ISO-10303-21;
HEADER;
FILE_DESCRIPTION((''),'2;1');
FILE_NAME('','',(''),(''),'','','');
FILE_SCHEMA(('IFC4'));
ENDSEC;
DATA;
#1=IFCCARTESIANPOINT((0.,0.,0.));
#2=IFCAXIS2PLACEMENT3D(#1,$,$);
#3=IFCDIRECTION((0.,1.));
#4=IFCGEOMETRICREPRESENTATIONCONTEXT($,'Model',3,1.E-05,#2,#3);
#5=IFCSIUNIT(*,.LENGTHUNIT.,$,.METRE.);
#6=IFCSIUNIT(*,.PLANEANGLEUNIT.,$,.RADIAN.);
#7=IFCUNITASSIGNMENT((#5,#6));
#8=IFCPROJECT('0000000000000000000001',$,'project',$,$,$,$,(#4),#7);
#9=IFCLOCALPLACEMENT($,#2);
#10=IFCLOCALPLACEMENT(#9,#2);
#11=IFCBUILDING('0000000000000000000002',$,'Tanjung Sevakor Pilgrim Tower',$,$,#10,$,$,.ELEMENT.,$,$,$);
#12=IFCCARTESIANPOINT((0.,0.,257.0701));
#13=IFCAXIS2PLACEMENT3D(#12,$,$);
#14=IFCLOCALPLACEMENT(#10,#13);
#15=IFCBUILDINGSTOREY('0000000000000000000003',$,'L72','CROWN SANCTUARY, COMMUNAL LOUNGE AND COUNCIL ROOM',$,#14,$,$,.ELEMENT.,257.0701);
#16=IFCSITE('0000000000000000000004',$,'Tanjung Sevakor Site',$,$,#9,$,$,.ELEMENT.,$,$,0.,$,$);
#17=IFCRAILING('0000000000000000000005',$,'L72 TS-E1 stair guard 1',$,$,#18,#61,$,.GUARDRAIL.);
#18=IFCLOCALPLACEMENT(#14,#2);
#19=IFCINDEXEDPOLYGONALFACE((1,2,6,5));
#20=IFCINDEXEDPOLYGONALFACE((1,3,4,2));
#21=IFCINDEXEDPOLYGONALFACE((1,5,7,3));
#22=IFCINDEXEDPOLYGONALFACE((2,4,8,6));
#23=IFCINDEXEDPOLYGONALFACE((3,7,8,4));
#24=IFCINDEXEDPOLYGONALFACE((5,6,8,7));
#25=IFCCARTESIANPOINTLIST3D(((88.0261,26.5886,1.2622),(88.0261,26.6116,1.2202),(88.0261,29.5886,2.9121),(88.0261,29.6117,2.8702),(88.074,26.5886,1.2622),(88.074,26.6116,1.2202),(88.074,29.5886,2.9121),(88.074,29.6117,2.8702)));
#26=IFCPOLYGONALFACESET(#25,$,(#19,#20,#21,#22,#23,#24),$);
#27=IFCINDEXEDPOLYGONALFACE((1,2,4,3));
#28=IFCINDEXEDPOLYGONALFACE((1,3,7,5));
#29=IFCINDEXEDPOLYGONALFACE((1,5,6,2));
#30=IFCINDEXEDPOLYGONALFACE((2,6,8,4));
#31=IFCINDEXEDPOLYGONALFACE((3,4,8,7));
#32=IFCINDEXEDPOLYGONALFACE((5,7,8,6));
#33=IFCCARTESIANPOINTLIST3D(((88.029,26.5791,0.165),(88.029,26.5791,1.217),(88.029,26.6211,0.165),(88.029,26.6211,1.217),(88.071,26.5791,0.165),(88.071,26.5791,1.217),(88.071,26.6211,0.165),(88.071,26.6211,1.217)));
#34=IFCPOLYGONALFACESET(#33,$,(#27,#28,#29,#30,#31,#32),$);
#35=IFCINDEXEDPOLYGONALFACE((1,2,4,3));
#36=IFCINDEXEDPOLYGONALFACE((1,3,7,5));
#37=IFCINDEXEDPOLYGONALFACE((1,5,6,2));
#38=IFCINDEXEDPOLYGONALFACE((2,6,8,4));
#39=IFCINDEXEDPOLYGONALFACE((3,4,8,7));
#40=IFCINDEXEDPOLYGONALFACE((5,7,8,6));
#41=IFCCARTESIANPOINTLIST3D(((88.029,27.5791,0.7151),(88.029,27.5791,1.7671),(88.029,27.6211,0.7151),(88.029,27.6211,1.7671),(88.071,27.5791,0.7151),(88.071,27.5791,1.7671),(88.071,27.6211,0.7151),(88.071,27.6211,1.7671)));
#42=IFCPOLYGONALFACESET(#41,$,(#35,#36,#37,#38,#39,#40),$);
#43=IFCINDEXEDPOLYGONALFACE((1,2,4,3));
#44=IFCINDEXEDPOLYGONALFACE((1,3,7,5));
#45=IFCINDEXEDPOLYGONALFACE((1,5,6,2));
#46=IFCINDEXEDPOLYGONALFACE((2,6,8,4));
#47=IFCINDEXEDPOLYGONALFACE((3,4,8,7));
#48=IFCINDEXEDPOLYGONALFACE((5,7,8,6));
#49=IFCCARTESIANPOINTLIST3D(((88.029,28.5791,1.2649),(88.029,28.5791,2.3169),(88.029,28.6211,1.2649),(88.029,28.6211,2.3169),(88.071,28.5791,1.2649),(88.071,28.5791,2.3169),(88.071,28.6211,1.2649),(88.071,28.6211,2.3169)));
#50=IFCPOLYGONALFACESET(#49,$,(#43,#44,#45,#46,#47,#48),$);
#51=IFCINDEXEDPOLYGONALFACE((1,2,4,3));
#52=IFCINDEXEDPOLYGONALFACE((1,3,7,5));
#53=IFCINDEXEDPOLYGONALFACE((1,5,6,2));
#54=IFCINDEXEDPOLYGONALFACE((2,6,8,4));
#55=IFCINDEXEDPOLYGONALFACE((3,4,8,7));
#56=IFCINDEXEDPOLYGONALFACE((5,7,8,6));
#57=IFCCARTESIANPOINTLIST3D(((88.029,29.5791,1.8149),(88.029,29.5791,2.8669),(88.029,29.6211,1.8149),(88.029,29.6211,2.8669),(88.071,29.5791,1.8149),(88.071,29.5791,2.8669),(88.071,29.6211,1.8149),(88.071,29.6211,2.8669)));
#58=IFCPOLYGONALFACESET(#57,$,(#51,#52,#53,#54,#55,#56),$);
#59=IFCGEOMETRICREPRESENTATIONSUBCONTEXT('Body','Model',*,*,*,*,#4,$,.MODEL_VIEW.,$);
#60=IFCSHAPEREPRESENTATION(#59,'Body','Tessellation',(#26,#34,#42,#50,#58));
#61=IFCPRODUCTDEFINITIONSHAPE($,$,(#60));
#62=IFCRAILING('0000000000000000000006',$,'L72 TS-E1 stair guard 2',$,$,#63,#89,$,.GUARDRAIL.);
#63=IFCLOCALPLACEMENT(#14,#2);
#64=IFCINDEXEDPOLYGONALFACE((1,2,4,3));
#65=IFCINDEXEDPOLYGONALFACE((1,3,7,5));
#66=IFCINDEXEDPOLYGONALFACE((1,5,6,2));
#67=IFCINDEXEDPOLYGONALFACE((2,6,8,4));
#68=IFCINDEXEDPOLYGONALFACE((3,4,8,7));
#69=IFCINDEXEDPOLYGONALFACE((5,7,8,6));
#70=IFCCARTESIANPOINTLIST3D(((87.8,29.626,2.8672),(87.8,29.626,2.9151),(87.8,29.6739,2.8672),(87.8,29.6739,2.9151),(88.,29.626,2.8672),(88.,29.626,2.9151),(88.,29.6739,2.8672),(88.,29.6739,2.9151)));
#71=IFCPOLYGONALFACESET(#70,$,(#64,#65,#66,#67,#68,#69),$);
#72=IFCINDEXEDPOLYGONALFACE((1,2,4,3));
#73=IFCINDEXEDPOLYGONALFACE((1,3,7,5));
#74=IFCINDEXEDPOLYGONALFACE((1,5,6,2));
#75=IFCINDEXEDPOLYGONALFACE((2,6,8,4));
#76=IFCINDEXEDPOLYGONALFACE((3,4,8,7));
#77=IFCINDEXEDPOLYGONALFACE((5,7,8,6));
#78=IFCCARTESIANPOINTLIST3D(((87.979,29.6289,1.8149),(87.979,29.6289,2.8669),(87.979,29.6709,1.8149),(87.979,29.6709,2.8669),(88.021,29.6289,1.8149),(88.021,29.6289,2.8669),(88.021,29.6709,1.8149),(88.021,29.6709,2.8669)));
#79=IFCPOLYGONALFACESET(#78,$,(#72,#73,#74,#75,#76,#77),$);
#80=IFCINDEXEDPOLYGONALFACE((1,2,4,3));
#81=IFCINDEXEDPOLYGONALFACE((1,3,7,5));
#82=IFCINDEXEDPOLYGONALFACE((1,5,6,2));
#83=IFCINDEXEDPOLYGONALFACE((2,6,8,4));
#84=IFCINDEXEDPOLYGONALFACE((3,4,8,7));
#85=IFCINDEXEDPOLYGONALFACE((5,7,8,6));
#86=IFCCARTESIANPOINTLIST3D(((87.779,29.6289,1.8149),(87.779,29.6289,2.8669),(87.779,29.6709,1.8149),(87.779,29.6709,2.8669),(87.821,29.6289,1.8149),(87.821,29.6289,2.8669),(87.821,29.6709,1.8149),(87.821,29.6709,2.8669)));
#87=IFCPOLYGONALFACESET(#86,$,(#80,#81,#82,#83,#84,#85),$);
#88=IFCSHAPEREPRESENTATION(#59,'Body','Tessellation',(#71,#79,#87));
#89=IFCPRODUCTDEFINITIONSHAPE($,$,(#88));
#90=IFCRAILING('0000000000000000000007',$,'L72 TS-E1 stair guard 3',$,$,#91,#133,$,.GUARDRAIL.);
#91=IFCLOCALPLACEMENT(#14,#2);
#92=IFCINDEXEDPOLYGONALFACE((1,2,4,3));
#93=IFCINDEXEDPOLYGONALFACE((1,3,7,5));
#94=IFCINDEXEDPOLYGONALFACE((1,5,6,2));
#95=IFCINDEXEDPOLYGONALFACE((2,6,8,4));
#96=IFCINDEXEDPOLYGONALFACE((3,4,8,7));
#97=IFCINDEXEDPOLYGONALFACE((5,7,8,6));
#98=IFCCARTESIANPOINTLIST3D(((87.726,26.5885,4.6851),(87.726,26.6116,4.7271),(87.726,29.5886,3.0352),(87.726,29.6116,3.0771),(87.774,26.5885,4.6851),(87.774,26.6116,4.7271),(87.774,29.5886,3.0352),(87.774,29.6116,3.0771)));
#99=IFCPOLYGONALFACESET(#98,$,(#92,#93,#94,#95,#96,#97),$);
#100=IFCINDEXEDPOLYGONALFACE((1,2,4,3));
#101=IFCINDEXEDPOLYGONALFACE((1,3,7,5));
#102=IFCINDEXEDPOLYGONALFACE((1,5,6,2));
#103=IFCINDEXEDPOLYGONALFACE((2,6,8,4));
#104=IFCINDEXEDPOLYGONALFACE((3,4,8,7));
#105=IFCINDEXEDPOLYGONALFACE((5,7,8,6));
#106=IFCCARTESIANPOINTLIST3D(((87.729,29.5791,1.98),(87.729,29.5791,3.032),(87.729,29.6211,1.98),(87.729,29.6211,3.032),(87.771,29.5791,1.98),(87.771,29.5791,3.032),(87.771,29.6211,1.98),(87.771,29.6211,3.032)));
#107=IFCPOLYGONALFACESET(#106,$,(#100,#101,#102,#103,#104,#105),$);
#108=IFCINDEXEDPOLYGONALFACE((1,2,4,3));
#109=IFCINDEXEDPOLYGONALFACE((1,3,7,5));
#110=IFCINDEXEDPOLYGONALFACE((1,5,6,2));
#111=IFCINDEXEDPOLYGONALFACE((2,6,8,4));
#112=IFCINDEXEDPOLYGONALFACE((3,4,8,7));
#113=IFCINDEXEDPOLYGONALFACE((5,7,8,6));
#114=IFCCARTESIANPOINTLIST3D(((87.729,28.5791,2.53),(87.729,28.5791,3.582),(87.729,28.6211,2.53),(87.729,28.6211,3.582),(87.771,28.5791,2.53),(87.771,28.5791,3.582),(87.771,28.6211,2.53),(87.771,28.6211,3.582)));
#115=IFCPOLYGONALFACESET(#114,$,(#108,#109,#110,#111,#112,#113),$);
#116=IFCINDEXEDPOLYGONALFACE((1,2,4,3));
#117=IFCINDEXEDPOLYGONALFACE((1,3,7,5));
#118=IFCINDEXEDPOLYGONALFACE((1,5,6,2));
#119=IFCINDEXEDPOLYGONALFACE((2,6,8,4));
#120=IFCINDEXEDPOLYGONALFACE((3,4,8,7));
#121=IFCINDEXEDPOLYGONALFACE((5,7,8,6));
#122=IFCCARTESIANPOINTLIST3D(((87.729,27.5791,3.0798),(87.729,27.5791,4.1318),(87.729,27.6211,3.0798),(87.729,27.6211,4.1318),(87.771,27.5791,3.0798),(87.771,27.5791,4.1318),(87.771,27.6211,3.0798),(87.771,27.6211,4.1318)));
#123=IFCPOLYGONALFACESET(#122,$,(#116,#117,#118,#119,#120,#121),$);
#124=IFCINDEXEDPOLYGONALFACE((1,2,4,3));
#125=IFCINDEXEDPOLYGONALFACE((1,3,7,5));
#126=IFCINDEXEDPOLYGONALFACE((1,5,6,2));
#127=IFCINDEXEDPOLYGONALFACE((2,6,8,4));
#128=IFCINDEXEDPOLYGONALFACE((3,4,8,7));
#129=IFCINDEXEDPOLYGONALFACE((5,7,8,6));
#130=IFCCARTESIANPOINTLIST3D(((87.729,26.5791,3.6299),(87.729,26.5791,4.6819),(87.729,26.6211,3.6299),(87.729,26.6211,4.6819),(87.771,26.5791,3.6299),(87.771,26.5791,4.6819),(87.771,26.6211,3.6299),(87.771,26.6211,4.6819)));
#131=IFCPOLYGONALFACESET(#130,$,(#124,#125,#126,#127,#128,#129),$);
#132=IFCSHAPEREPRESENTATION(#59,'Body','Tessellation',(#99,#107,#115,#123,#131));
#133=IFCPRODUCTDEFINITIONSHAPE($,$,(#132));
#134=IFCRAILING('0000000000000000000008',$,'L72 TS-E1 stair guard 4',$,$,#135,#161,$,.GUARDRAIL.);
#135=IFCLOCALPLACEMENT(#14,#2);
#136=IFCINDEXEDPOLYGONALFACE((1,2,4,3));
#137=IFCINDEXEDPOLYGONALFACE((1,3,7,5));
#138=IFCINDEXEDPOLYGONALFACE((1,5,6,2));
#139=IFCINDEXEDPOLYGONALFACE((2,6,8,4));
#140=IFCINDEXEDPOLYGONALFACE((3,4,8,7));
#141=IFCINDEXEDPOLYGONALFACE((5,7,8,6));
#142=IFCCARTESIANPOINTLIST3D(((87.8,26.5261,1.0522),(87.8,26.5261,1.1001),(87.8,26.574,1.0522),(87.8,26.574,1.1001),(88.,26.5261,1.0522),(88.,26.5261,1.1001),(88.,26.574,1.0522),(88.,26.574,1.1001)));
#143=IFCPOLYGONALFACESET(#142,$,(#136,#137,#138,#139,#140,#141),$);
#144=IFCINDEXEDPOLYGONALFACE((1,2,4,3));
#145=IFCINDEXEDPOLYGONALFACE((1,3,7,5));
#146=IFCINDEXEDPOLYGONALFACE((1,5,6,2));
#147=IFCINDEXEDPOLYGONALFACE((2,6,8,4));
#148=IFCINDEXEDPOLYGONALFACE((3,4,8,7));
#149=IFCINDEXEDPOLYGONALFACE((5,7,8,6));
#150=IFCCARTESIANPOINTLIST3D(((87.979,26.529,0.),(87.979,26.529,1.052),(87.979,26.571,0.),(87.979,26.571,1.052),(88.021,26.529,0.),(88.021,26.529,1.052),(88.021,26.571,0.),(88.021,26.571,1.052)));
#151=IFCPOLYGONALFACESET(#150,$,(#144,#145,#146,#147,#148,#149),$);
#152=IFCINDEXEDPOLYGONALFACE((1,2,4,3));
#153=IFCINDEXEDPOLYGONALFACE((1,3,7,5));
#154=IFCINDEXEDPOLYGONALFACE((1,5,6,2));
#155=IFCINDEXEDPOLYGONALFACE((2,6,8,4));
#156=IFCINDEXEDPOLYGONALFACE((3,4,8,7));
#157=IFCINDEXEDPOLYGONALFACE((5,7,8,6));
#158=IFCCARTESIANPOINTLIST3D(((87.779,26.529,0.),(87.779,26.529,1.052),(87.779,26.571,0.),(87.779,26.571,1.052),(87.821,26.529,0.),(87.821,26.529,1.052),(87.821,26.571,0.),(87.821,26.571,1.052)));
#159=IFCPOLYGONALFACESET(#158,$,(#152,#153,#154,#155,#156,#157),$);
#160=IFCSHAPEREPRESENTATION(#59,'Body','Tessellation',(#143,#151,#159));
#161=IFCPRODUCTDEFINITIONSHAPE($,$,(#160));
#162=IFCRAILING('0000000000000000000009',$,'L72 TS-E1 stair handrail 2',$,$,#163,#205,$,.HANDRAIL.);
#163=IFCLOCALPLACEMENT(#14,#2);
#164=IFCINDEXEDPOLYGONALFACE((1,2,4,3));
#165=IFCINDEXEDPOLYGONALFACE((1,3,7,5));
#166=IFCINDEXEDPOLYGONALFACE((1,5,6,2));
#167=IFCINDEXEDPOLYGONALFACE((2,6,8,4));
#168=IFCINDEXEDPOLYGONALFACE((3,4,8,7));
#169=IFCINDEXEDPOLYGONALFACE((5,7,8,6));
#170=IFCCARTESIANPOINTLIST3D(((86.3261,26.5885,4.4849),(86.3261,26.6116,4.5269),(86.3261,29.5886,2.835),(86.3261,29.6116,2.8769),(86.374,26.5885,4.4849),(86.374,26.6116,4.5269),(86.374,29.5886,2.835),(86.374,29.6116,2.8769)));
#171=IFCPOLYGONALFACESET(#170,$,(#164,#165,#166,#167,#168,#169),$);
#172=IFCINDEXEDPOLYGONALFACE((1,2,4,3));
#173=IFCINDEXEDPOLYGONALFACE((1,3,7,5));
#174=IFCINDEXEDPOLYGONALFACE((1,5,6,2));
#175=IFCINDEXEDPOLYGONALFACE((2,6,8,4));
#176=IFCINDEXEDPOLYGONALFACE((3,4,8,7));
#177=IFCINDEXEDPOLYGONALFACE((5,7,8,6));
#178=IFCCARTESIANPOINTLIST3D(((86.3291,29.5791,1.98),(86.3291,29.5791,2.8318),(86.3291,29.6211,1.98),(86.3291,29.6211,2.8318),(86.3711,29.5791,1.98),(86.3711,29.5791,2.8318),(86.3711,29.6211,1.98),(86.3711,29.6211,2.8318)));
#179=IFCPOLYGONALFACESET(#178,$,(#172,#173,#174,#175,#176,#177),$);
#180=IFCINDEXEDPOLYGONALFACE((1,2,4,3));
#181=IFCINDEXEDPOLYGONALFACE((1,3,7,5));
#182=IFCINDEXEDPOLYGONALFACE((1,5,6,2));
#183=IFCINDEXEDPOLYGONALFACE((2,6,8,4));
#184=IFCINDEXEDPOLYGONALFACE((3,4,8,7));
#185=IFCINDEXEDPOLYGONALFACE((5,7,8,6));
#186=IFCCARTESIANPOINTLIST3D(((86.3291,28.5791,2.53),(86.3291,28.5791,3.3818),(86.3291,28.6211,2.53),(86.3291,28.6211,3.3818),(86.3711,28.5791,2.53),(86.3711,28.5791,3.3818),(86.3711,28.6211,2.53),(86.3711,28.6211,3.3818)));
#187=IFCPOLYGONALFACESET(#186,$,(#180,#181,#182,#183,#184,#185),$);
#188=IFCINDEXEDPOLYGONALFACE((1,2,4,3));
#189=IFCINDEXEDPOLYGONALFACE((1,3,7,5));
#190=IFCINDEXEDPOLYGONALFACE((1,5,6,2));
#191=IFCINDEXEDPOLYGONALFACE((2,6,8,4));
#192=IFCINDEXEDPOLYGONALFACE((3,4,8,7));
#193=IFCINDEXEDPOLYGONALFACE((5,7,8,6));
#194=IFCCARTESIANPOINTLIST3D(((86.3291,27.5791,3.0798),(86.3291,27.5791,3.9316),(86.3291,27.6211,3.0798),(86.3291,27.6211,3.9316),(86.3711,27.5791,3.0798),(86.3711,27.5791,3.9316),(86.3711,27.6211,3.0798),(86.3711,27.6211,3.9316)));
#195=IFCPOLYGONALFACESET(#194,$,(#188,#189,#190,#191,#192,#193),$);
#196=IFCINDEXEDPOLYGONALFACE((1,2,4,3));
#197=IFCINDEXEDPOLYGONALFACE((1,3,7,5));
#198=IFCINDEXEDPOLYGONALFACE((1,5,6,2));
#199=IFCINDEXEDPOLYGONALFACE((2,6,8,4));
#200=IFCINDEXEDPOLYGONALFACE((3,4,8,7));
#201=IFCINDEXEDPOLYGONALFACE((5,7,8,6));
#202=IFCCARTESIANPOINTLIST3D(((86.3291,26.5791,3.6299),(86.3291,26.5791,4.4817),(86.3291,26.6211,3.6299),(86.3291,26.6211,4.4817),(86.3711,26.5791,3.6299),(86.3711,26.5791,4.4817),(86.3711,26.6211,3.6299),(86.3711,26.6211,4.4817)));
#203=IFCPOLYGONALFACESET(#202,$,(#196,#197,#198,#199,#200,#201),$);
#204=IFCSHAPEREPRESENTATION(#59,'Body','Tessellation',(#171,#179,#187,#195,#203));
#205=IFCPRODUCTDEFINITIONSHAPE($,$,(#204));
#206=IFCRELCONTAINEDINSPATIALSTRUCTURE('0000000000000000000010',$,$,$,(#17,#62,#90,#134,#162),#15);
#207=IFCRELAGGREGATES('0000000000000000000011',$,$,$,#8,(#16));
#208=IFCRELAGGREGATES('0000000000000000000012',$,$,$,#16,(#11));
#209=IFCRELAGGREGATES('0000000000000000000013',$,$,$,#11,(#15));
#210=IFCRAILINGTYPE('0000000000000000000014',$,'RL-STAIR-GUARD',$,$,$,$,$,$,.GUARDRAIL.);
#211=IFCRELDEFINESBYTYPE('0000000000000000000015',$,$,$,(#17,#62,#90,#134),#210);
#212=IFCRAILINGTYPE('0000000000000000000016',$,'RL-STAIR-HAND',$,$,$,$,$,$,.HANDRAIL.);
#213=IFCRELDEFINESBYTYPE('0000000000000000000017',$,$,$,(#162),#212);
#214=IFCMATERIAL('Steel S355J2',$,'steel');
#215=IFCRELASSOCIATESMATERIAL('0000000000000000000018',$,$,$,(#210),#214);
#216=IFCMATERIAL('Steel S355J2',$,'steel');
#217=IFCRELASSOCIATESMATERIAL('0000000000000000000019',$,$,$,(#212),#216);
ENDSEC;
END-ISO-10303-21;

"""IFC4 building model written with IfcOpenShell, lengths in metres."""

from ifc_helpers import new_model, si_unit, direction, frame, origin, place, context, subcontext, project, spatial, rectangle, extrude, material, type_object, element, save


model = new_model("IFC4")

# Units and contexts
model_context = context("Model", 3, precision=1e-05, world=origin(), true_north=direction((0.0, 1.0)))
body_context = subcontext(model_context, "Body", "Model", "MODEL_VIEW")
ifc_project = project(units=[si_unit("LENGTHUNIT", "METRE"), si_unit("PLANEANGLEUNIT", "RADIAN")], contexts=[model_context])

# Site, building, storey
site_placement = place(None, origin())
site = spatial("IfcSite", under=ifc_project, at=site_placement, Name="Tanjung Sevakor Site", CompositionType="ELEMENT", RefElevation=0.0)
building_placement = place(site_placement, origin())
building = spatial("IfcBuilding", under=site, at=building_placement, Name="Tanjung Sevakor Pilgrim Tower", CompositionType="ELEMENT")
storey_placement = place(building_placement, frame((0.0, 0.0, 257.0701)))
storey = spatial("IfcBuildingStorey", under=building, at=storey_placement, Name="L72", Description="CROWN SANCTUARY, COMMUNAL LOUNGE AND COUNCIL ROOM", CompositionType="ELEMENT", Elevation=257.0701)

# Railings
ifc_material_1 = material(Name="Steel S355J2", Category="steel")
railing_type_1 = type_object("IfcRailingType", Name="RL-STAIR-GUARD", PredefinedType="GUARDRAIL", material=ifc_material_1)
railing_1_placement = place(storey_placement, frame((88.05, 26.6001, 0.165)))
element("IfcRailing", 1, at=railing_1_placement, inside=storey, type_object=railing_type_1, Name="L72 TS-E1 stair guard 1", PredefinedType="GUARDRAIL", context=body_context, shape_type="SweptSolid", body=[
    extrude(rectangle(XDim=0.0479, YDim=0.0479), frame((0.0, 0.0, 1.0762), z_axis=(0.0, 0.876228, 0.481897), x_axis=(-1.0, 0.0, 0.0)), (0.0, 0.0, 1.0), 3.4238),
    extrude(rectangle(XDim=0.042, YDim=0.042), origin(), (0.0, 0.0, 1.0), 1.052),
    extrude(rectangle(XDim=0.042, YDim=0.042), frame((0.0, 1.0, 0.55)), (0.0, 0.0, 1.0), 1.052),
    extrude(rectangle(XDim=0.042, YDim=0.042), frame((0.0, 2.0, 1.0999)), (0.0, 0.0, 1.0), 1.052),
    extrude(rectangle(XDim=0.042, YDim=0.042), frame((0.0, 3.0, 1.6499)), (0.0, 0.0, 1.0), 1.052),
])
railing_2_placement = place(storey_placement, frame((88.0, 29.6499, 1.8149)))
element("IfcRailing", 2, at=railing_2_placement, inside=storey, type_object=railing_type_1, Name="L72 TS-E1 stair guard 2", PredefinedType="GUARDRAIL", context=body_context, shape_type="SweptSolid", body=[
    extrude(rectangle(XDim=0.0479, YDim=0.0479), frame((0.0, 0.0, 1.0762), z_axis=(-1.0, 0.0, 0.0), x_axis=(0.0, -1.0, 0.0)), (0.0, 0.0, 1.0), 0.2),
    extrude(rectangle(XDim=0.042, YDim=0.042), origin(), (0.0, 0.0, 1.0), 1.052),
    extrude(rectangle(XDim=0.042, YDim=0.042), frame((-0.2, 0.0, 0.0)), (0.0, 0.0, 1.0), 1.052),
])
railing_3_placement = place(storey_placement, frame((87.75, 29.6001, 1.98)))
element("IfcRailing", 3, at=railing_3_placement, inside=storey, type_object=railing_type_1, Name="L72 TS-E1 stair guard 3", PredefinedType="GUARDRAIL", context=body_context, shape_type="SweptSolid", body=[
    extrude(rectangle(XDim=0.0479, YDim=0.0479), frame((0.0, 0.0, 1.0762), z_axis=(0.0, -0.876228, 0.481897), x_axis=(1.0, 0.0, 0.0)), (0.0, 0.0, 1.0), 3.4238),
    extrude(rectangle(XDim=0.042, YDim=0.042), origin(), (0.0, 0.0, 1.0), 1.052),
    extrude(rectangle(XDim=0.042, YDim=0.042), frame((0.0, -1.0, 0.55)), (0.0, 0.0, 1.0), 1.052),
    extrude(rectangle(XDim=0.042, YDim=0.042), frame((0.0, -2.0, 1.0999)), (0.0, 0.0, 1.0), 1.052),
    extrude(rectangle(XDim=0.042, YDim=0.042), frame((0.0, -3.0, 1.6499)), (0.0, 0.0, 1.0), 1.052),
])
railing_4_placement = place(storey_placement, frame((88.0, 26.55, 0.0)))
element("IfcRailing", 4, at=railing_4_placement, inside=storey, type_object=railing_type_1, Name="L72 TS-E1 stair guard 4", PredefinedType="GUARDRAIL", context=body_context, shape_type="SweptSolid", body=[
    extrude(rectangle(XDim=0.0479, YDim=0.0479), frame((0.0, 0.0, 1.0762), z_axis=(-1.0, 0.0, 0.0), x_axis=(0.0, -1.0, 0.0)), (0.0, 0.0, 1.0), 0.2),
    extrude(rectangle(XDim=0.042, YDim=0.042), origin(), (0.0, 0.0, 1.0), 1.052),
    extrude(rectangle(XDim=0.042, YDim=0.042), frame((-0.2, 0.0, 0.0)), (0.0, 0.0, 1.0), 1.052),
])
ifc_material_2 = material(Name="Steel S355J2", Category="steel")
railing_type_2 = type_object("IfcRailingType", Name="RL-STAIR-HAND", PredefinedType="HANDRAIL", material=ifc_material_2)
railing_5_placement = place(storey_placement, frame((86.3501, 29.6001, 1.98)))
element("IfcRailing", 5, at=railing_5_placement, inside=storey, type_object=railing_type_2, Name="L72 TS-E1 stair handrail 2", PredefinedType="HANDRAIL", context=body_context, shape_type="SweptSolid", body=[
    extrude(rectangle(XDim=0.0479, YDim=0.0479), frame((0.0, 0.0, 0.876), z_axis=(0.0, -0.876228, 0.481897), x_axis=(1.0, 0.0, 0.0)), (0.0, 0.0, 1.0), 3.4238),
    extrude(rectangle(XDim=0.042, YDim=0.042), origin(), (0.0, 0.0, 1.0), 0.8518),
    extrude(rectangle(XDim=0.042, YDim=0.042), frame((0.0, -1.0, 0.55)), (0.0, 0.0, 1.0), 0.8518),
    extrude(rectangle(XDim=0.042, YDim=0.042), frame((0.0, -2.0, 1.0999)), (0.0, 0.0, 1.0), 0.8518),
    extrude(rectangle(XDim=0.042, YDim=0.042), frame((0.0, -3.0, 1.6499)), (0.0, 0.0, 1.0), 0.8518),
])

save(model, "model.ifc")
